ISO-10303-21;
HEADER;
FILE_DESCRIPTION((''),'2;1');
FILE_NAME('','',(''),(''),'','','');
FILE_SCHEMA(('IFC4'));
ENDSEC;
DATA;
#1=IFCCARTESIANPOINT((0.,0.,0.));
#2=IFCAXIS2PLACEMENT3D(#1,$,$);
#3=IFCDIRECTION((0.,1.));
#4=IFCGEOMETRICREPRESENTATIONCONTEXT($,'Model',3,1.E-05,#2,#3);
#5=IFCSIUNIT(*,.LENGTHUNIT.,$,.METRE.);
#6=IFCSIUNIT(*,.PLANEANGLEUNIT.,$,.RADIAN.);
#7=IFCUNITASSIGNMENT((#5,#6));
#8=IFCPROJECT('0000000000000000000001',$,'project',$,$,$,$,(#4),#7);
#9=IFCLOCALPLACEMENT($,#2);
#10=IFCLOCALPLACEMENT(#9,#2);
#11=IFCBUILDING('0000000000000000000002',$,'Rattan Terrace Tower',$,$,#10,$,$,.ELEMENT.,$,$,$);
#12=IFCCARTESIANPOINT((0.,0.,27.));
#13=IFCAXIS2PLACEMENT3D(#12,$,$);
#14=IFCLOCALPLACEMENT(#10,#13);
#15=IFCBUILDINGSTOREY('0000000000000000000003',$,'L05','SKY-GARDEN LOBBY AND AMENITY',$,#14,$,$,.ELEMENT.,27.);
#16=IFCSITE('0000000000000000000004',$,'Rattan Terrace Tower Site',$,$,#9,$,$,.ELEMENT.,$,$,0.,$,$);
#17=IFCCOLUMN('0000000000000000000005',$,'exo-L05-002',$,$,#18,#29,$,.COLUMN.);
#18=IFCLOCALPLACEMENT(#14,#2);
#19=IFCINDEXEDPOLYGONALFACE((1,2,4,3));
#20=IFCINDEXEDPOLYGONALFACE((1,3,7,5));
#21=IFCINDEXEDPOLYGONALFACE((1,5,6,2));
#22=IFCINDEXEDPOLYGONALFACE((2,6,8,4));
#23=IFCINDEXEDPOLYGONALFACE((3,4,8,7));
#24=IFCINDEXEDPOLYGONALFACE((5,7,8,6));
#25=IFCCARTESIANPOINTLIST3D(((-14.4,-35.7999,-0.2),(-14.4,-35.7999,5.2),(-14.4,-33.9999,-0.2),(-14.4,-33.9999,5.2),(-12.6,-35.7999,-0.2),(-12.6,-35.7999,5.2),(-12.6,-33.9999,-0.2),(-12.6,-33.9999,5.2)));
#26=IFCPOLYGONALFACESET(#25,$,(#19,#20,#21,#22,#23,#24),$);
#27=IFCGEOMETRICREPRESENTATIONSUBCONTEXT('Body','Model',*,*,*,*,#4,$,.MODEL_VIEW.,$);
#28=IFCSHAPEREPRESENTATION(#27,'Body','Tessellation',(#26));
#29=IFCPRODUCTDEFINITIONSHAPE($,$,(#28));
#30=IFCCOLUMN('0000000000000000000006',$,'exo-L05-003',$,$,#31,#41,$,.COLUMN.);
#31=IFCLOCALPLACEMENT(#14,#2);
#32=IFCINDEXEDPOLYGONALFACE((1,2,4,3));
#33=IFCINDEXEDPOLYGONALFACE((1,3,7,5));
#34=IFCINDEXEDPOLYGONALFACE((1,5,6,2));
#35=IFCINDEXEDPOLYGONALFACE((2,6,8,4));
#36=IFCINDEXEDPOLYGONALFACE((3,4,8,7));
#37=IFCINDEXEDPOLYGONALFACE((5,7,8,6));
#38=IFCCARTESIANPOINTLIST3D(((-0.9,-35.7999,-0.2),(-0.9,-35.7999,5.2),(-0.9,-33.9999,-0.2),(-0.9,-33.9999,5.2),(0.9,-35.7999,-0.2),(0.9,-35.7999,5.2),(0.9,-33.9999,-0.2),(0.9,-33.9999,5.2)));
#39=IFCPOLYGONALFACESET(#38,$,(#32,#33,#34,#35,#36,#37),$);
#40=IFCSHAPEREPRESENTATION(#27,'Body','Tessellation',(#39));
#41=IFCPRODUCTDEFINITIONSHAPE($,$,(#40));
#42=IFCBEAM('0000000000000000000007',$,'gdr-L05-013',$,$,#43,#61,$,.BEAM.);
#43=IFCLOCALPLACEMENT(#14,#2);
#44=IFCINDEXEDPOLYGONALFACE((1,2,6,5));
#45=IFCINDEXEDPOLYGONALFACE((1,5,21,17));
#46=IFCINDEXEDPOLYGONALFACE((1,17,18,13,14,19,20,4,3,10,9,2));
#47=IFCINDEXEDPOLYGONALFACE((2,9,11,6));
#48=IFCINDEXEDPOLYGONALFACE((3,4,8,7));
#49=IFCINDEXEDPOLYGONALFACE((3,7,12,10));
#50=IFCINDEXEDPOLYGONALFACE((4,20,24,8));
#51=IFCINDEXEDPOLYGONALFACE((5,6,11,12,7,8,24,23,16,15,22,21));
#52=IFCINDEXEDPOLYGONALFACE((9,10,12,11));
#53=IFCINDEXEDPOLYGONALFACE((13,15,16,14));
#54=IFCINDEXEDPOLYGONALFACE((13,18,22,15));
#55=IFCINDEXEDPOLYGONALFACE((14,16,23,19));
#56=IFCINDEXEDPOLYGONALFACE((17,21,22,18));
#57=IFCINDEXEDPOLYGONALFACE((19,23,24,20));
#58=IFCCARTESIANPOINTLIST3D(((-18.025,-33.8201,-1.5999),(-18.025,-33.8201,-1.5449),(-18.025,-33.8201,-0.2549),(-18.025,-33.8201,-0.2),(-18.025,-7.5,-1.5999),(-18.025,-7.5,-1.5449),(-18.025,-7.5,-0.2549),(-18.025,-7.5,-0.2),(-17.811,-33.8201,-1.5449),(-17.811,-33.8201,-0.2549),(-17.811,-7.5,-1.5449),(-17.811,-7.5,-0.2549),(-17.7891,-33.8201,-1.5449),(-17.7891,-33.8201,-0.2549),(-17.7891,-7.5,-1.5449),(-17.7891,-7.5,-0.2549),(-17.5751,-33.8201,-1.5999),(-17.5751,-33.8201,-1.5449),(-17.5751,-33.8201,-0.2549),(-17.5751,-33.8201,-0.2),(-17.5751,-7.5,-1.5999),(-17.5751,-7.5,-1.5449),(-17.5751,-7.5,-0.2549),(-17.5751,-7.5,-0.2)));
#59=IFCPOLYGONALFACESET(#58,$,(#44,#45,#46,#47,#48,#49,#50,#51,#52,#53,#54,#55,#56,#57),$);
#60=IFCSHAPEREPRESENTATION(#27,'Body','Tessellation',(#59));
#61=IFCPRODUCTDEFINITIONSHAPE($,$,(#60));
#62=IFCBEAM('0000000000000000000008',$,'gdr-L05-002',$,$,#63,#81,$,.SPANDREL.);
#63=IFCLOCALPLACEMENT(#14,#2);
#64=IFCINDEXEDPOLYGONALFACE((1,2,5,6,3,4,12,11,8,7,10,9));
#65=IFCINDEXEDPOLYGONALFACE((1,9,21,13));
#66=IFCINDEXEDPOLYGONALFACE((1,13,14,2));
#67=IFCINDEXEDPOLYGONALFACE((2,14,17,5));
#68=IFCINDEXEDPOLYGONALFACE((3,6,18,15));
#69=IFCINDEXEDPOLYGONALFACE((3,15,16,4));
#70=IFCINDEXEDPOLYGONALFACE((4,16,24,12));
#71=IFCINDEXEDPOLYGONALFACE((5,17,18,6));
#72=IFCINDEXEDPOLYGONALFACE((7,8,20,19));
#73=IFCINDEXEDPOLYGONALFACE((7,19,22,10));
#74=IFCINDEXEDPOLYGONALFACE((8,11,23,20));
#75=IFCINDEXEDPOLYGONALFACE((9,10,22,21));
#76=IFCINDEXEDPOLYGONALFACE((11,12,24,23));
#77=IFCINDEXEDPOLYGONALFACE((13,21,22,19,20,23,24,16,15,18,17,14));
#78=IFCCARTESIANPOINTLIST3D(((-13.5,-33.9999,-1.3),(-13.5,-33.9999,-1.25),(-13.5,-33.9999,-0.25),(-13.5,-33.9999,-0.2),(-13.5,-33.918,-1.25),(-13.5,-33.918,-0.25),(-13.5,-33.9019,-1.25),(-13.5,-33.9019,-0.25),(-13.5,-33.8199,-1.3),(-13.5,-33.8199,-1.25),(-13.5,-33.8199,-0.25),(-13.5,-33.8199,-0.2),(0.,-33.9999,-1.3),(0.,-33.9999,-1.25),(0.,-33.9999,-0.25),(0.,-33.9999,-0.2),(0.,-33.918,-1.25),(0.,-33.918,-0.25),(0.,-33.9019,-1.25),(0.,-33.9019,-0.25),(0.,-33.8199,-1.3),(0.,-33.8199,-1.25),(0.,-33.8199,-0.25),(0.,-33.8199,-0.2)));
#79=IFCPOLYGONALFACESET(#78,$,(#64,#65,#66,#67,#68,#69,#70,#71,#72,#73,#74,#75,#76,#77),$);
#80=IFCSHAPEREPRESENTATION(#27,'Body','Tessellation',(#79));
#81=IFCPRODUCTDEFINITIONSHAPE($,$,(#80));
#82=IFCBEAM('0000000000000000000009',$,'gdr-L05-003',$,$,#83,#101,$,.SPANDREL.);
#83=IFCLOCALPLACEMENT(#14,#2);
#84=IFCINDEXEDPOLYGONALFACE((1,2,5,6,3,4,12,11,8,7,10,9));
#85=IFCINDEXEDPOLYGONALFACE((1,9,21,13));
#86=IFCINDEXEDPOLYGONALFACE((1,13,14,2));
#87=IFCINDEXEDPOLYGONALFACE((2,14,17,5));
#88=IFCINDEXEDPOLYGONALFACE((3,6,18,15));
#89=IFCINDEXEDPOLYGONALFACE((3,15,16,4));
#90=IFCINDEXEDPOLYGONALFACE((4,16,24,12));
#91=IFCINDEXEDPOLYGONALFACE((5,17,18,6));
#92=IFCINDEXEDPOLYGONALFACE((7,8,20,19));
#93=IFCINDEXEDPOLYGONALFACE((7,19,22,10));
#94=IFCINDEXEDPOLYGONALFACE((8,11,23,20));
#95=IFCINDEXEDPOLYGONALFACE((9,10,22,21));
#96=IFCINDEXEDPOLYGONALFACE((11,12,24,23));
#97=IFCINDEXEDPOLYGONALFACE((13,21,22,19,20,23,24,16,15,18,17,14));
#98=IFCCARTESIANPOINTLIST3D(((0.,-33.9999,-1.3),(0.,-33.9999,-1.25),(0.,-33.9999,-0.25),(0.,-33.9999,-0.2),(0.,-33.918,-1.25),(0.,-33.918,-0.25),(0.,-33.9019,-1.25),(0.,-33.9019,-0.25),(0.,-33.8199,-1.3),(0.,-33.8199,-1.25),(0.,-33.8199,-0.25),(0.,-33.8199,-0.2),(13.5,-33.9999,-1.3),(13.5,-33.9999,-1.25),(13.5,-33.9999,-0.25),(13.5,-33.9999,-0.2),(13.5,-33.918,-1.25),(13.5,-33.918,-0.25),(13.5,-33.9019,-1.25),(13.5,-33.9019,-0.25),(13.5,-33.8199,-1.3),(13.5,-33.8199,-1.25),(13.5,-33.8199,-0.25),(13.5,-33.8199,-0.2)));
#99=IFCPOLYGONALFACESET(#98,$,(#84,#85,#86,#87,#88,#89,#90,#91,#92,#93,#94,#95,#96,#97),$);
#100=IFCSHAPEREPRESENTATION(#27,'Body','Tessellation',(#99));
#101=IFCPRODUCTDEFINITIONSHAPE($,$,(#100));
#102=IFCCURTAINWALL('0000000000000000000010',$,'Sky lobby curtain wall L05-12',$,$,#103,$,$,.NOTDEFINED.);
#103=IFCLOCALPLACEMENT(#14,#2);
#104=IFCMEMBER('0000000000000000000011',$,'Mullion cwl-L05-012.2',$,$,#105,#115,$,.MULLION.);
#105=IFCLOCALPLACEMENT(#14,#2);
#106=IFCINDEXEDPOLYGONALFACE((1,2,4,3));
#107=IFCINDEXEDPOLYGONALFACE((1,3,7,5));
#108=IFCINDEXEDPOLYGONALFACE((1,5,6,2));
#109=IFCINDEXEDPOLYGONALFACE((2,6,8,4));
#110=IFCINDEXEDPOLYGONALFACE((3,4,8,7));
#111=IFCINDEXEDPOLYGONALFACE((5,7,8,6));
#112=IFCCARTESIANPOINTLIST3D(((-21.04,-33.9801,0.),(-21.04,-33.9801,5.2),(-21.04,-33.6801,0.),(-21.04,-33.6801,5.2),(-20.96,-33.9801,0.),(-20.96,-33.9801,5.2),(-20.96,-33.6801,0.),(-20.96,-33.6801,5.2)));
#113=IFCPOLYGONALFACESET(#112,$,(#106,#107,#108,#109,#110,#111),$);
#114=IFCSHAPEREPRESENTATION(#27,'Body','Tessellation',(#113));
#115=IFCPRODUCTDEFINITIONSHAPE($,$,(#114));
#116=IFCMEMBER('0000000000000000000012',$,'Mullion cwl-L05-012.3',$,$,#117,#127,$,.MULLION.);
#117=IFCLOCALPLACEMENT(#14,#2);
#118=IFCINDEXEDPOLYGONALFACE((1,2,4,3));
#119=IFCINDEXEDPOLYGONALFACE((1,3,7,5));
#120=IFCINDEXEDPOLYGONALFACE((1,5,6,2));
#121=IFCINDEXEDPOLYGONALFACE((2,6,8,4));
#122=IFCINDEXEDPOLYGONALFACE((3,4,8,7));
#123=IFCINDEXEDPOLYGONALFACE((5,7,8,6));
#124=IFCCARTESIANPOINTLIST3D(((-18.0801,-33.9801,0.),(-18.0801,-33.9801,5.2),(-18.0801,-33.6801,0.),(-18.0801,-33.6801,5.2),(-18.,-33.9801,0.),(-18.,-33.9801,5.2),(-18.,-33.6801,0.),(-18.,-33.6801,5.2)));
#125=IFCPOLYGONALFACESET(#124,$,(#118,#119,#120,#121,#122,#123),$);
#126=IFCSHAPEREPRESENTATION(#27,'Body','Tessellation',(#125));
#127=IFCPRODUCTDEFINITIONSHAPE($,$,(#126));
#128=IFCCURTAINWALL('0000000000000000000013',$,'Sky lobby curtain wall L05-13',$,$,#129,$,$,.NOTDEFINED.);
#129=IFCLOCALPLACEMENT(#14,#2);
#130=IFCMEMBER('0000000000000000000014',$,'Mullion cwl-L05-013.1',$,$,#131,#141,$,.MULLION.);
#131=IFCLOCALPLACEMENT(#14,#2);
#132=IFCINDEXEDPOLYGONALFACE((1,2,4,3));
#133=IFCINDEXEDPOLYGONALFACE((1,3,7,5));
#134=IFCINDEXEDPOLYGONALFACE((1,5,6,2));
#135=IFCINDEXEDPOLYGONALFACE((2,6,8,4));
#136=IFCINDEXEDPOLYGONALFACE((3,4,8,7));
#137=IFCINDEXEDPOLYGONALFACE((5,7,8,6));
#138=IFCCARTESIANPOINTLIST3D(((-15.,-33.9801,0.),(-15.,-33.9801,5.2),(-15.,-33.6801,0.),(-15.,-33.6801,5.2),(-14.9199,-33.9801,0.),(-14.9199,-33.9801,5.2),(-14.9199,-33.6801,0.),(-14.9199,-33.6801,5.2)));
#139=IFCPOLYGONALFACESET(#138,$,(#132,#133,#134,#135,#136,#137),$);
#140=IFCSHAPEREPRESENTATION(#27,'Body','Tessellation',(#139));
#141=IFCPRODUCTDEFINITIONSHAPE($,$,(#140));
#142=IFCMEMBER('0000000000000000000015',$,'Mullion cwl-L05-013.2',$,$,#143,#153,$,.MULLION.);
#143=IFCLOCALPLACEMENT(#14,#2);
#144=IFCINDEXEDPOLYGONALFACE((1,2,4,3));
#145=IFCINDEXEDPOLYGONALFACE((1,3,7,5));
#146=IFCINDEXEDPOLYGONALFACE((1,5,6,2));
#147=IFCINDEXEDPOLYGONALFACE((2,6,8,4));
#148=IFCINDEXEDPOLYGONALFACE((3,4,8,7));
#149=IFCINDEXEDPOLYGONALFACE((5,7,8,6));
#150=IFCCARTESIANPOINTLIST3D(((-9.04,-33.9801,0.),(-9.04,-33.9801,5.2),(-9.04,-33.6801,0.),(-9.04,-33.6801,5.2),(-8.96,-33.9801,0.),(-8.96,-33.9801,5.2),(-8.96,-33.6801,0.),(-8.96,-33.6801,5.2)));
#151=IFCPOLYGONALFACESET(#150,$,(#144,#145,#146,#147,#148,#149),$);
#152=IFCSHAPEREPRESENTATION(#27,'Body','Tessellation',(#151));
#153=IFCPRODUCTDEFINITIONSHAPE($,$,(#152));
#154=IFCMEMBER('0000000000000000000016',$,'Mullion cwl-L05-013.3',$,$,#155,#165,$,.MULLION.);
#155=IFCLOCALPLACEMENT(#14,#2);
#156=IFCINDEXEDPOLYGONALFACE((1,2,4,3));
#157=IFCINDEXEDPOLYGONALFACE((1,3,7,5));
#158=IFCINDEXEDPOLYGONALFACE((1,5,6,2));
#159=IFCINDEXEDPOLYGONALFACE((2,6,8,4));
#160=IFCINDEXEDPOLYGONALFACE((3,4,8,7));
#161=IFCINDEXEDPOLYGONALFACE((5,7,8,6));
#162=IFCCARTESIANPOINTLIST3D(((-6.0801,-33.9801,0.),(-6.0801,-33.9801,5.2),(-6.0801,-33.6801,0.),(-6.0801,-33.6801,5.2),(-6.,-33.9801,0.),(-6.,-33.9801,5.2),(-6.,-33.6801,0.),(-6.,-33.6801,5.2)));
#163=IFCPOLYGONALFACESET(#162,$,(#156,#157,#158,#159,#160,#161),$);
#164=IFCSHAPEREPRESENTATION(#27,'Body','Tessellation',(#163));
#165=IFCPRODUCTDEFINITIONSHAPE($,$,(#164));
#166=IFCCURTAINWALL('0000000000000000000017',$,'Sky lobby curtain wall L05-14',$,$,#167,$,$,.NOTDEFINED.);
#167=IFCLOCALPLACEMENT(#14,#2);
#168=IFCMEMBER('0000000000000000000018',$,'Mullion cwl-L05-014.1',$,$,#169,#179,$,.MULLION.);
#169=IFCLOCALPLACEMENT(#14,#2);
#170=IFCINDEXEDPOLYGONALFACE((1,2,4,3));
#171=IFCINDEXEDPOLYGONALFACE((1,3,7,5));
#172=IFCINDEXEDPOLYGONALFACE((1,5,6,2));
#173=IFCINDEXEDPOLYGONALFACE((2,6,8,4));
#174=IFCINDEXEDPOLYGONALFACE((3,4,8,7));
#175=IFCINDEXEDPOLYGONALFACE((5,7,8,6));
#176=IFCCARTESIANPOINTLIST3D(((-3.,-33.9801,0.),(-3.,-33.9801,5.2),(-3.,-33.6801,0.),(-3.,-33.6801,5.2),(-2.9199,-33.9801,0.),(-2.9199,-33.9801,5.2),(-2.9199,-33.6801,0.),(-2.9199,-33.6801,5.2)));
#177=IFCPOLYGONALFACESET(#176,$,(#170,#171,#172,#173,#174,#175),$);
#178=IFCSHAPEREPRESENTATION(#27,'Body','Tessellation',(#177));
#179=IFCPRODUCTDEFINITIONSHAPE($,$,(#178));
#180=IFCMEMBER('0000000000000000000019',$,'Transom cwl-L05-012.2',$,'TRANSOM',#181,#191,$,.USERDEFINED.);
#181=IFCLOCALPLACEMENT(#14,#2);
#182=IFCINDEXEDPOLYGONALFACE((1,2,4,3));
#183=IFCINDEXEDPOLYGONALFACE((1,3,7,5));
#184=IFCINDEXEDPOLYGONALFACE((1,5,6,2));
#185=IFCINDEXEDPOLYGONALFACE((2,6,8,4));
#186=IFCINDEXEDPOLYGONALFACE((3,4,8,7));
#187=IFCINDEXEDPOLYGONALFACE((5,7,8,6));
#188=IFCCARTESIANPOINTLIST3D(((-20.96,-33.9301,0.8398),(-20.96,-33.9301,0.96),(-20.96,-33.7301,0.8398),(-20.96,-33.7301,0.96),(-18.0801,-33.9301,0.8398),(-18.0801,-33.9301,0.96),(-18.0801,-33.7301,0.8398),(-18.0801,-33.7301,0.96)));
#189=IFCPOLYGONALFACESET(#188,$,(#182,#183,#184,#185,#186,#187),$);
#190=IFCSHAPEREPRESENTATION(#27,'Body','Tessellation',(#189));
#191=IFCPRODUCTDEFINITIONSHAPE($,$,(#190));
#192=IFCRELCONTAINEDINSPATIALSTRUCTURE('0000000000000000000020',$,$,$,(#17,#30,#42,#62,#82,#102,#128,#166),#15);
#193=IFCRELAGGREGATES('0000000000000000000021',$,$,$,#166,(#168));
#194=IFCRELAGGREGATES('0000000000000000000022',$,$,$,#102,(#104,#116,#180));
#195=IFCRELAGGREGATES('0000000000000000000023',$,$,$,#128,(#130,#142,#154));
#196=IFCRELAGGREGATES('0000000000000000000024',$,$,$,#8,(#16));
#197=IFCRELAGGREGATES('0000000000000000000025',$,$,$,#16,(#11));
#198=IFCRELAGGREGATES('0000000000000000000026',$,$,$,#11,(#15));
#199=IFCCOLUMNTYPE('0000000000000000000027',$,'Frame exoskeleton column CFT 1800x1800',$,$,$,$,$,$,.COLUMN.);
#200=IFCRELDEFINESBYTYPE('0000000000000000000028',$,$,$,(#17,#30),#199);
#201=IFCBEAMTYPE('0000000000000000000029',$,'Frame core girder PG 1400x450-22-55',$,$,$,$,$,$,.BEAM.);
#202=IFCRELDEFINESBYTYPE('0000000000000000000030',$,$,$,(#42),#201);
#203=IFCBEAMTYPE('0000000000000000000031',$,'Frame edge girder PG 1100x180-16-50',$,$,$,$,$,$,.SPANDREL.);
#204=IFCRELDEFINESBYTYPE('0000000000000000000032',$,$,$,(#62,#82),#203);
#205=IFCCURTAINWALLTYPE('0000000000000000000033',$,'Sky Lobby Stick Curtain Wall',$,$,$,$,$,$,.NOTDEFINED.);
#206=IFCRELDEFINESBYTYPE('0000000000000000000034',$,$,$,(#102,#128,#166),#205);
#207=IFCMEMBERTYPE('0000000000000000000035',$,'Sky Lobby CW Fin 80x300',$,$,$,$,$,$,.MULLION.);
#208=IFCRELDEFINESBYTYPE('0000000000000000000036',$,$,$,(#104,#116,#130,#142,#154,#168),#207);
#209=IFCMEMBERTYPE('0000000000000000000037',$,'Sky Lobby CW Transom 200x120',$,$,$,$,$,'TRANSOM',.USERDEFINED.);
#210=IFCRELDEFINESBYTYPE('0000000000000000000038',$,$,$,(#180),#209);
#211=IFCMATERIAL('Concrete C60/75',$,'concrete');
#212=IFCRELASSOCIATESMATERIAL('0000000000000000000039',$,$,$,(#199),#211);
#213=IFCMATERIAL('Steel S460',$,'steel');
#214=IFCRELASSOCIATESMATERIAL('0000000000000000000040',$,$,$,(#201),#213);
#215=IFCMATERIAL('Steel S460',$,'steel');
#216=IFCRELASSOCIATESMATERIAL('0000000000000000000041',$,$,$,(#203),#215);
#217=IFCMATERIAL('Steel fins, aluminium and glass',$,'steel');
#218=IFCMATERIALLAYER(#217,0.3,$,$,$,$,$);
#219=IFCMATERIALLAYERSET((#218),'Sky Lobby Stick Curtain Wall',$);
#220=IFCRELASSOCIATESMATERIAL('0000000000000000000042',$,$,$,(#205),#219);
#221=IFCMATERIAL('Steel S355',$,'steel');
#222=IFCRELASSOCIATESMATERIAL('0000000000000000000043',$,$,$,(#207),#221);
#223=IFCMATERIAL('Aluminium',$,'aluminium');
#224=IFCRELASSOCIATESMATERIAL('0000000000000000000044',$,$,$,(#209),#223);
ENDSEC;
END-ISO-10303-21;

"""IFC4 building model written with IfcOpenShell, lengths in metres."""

from ifc_helpers import new_model, si_unit, direction, frame, origin, origin_2d, place, context, subcontext, project, spatial, rectangle, i_section, extrude, material, layer, layer_set, material_profile, profile_set, type_object, element, aggregate, save


model = new_model("IFC4")

# Units and contexts
model_context = context("Model", 3, precision=1e-05, world=origin(), true_north=direction((0.0, 1.0)))
body_context = subcontext(model_context, "Body", "Model", "MODEL_VIEW")
ifc_project = project(units=[si_unit("LENGTHUNIT", "METRE"), si_unit("PLANEANGLEUNIT", "RADIAN")], contexts=[model_context])

# Site, building, storey
site_placement = place(None, origin())
site = spatial("IfcSite", under=ifc_project, at=site_placement, Name="Rattan Terrace Tower Site", CompositionType="ELEMENT", RefElevation=0.0)
building_placement = place(site_placement, origin())
building = spatial("IfcBuilding", under=site, at=building_placement, Name="Rattan Terrace Tower", CompositionType="ELEMENT")
storey_placement = place(building_placement, frame((0.0, 0.0, 27.0)))
storey = spatial("IfcBuildingStorey", under=building, at=storey_placement, Name="L05", Description="SKY-GARDEN LOBBY AND AMENITY", CompositionType="ELEMENT", Elevation=27.0)

# Columns
ifc_material_1 = material(Name="Concrete C60/75", Category="concrete")
ifc_material_profile_1 = material_profile(ifc_material_1, rectangle(XDim=1.8, YDim=1.8, at=origin_2d()), Name="CFT 1800x1800")
ifc_profile_set_1 = profile_set([ifc_material_profile_1], Name="Concrete C60/75")
column_type = type_object("IfcColumnType", Name="Frame exoskeleton column CFT 1800x1800", PredefinedType="COLUMN", material=ifc_profile_set_1)
for number, where, z_axis, x_axis, name in (
    (1, (-13.5, -34.8999, -0.2), (0.0, 0.0, 1.0), (1.0, 0.0, 0.0), "exo-L05-002"),
    (2, (0.0, -34.8999, -0.2), (0.0, 0.0, 1.0), (1.0, 0.0, 0.0), "exo-L05-003"),
):
    element("IfcColumn", number, at=place(storey_placement, frame(where, z_axis=z_axis, x_axis=x_axis)), inside=storey, type_object=column_type, Name=name, PredefinedType="COLUMN", context=body_context, shape_type="SweptSolid", body=[
        extrude(rectangle(XDim=1.8, YDim=1.8, at=origin_2d()), origin(), (0.0, 0.0, 1.0), 5.3999),
    ])

# Beams
ifc_material_2 = material(Name="Steel S460", Category="steel")
ifc_material_profile_2 = material_profile(ifc_material_2, i_section(OverallWidth=0.45, OverallDepth=1.3999, WebThickness=0.022, FlangeThickness=0.0549, at=origin_2d()), Name="PG 1400x450-22-55")
ifc_profile_set_2 = profile_set([ifc_material_profile_2], Name="Steel S460")
beam_type_1 = type_object("IfcBeamType", Name="Frame core girder PG 1400x450-22-55", PredefinedType="BEAM", material=ifc_profile_set_2)
beam_placement = place(storey_placement, frame((-17.8, -33.8201, -0.8999), z_axis=(0.0, 1.0, 0.0), x_axis=(-1.0, 0.0, 0.0)))
element("IfcBeam", 3, at=beam_placement, inside=storey, type_object=beam_type_1, Name="gdr-L05-013", PredefinedType="BEAM", context=body_context, shape_type="SweptSolid", body=[
    extrude(i_section(OverallWidth=0.45, OverallDepth=1.3999, WebThickness=0.022, FlangeThickness=0.0549, at=origin_2d()), origin(), (0.0, 0.0, 1.0), 26.3201),
])
ifc_material_3 = material(Name="Steel S460", Category="steel")
ifc_material_profile_3 = material_profile(ifc_material_3, i_section(OverallWidth=0.1799, OverallDepth=1.1001, WebThickness=0.0161, FlangeThickness=0.05, at=origin_2d()), Name="PG 1100x180-16-50")
ifc_profile_set_3 = profile_set([ifc_material_profile_3], Name="Steel S460")
beam_type_2 = type_object("IfcBeamType", Name="Frame edge girder PG 1100x180-16-50", PredefinedType="SPANDREL", material=ifc_profile_set_3)
for number, where, z_axis, x_axis, name in (
    (4, (-13.5, -33.9099, -0.75), (1.0, 0.0, 0.0), (0.0, 1.0, 0.0), "gdr-L05-002"),
    (5, (0.0, -33.9099, -0.75), (1.0, 0.0, 0.0), (0.0, 1.0, 0.0), "gdr-L05-003"),
):
    element("IfcBeam", number, at=place(storey_placement, frame(where, z_axis=z_axis, x_axis=x_axis)), inside=storey, type_object=beam_type_2, Name=name, PredefinedType="SPANDREL", context=body_context, shape_type="SweptSolid", body=[
        extrude(i_section(OverallWidth=0.1799, OverallDepth=1.1001, WebThickness=0.0161, FlangeThickness=0.05, at=origin_2d()), origin(), (0.0, 0.0, 1.0), 13.5),
    ])

# Curtain walls, members
ifc_material_4 = material(Name="Steel fins, aluminium and glass", Category="steel")
ifc_layer_1 = layer(ifc_material_4, 0.3)
ifc_layer_set_1 = layer_set([ifc_layer_1], Name="Sky Lobby Stick Curtain Wall")
curtain_wall_type = type_object("IfcCurtainWallType", Name="Sky Lobby Stick Curtain Wall", PredefinedType="NOTDEFINED", material=ifc_layer_set_1)
curtain_wall_1_placement = place(storey_placement, origin())
curtain_wall_1 = element("IfcCurtainWall", 6, at=curtain_wall_1_placement, inside=storey, type_object=curtain_wall_type, Name="Sky lobby curtain wall L05-12", PredefinedType="NOTDEFINED")
ifc_material_5 = material(Name="Steel S355", Category="steel")
ifc_material_profile_4 = material_profile(ifc_material_5, rectangle(XDim=0.0801, YDim=0.3, at=origin_2d()), Name="Steel S355 80x300")
ifc_profile_set_4 = profile_set([ifc_material_profile_4], Name="Steel S355")
member_type_1 = type_object("IfcMemberType", Name="Sky Lobby CW Fin 80x300", PredefinedType="MULLION", material=ifc_profile_set_4)
member_1_placement = place(storey_placement, frame((-21.0, -33.8301, 0.0), z_axis=(0.0, 0.0, 1.0), x_axis=(1.0, 0.0, 0.0)))
member_1 = element("IfcMember", 7, at=member_1_placement, type_object=member_type_1, Name="Mullion cwl-L05-012.2", PredefinedType="MULLION", context=body_context, shape_type="SweptSolid", body=[
    extrude(rectangle(XDim=0.0801, YDim=0.3, at=origin_2d()), origin(), (0.0, 0.0, 1.0), 5.2),
])
member_2_placement = place(storey_placement, frame((-18.04, -33.8301, 0.0), z_axis=(0.0, 0.0, 1.0), x_axis=(1.0, 0.0, 0.0)))
member_2 = element("IfcMember", 8, at=member_2_placement, type_object=member_type_1, Name="Mullion cwl-L05-012.3", PredefinedType="MULLION", context=body_context, shape_type="SweptSolid", body=[
    extrude(rectangle(XDim=0.0801, YDim=0.3, at=origin_2d()), origin(), (0.0, 0.0, 1.0), 5.2),
])
curtain_wall_2_placement = place(storey_placement, origin())
curtain_wall_2 = element("IfcCurtainWall", 9, at=curtain_wall_2_placement, inside=storey, type_object=curtain_wall_type, Name="Sky lobby curtain wall L05-13", PredefinedType="NOTDEFINED")
member_3_placement = place(storey_placement, frame((-14.96, -33.8301, 0.0), z_axis=(0.0, 0.0, 1.0), x_axis=(1.0, 0.0, 0.0)))
member_3 = element("IfcMember", 10, at=member_3_placement, type_object=member_type_1, Name="Mullion cwl-L05-013.1", PredefinedType="MULLION", context=body_context, shape_type="SweptSolid", body=[
    extrude(rectangle(XDim=0.0801, YDim=0.3, at=origin_2d()), origin(), (0.0, 0.0, 1.0), 5.2),
])
member_4_placement = place(storey_placement, frame((-9.0, -33.8301, 0.0), z_axis=(0.0, 0.0, 1.0), x_axis=(1.0, 0.0, 0.0)))
member_4 = element("IfcMember", 11, at=member_4_placement, type_object=member_type_1, Name="Mullion cwl-L05-013.2", PredefinedType="MULLION", context=body_context, shape_type="SweptSolid", body=[
    extrude(rectangle(XDim=0.0801, YDim=0.3, at=origin_2d()), origin(), (0.0, 0.0, 1.0), 5.2),
])
member_5_placement = place(storey_placement, frame((-6.04, -33.8301, 0.0), z_axis=(0.0, 0.0, 1.0), x_axis=(1.0, 0.0, 0.0)))
member_5 = element("IfcMember", 12, at=member_5_placement, type_object=member_type_1, Name="Mullion cwl-L05-013.3", PredefinedType="MULLION", context=body_context, shape_type="SweptSolid", body=[
    extrude(rectangle(XDim=0.0801, YDim=0.3, at=origin_2d()), origin(), (0.0, 0.0, 1.0), 5.2),
])

# Curtain wall, member
curtain_wall_3_placement = place(storey_placement, origin())
curtain_wall_3 = element("IfcCurtainWall", 13, at=curtain_wall_3_placement, inside=storey, type_object=curtain_wall_type, Name="Sky lobby curtain wall L05-14", PredefinedType="NOTDEFINED")
member_6_placement = place(storey_placement, frame((-2.96, -33.8301, 0.0), z_axis=(0.0, 0.0, 1.0), x_axis=(1.0, 0.0, 0.0)))
member_6 = element("IfcMember", 14, at=member_6_placement, type_object=member_type_1, Name="Mullion cwl-L05-014.1", PredefinedType="MULLION", context=body_context, shape_type="SweptSolid", body=[
    extrude(rectangle(XDim=0.0801, YDim=0.3, at=origin_2d()), origin(), (0.0, 0.0, 1.0), 5.2),
])

# Member
ifc_material_6 = material(Name="Aluminium", Category="aluminium")
ifc_material_profile_5 = material_profile(ifc_material_6, rectangle(XDim=0.2, YDim=0.1201, at=origin_2d()), Name="Aluminium 200x120")
ifc_profile_set_5 = profile_set([ifc_material_profile_5], Name="Aluminium")
member_type_2 = type_object("IfcMemberType", Name="Sky Lobby CW Transom 200x120", ElementType="TRANSOM", PredefinedType="USERDEFINED", material=ifc_profile_set_5)
member_7_placement = place(storey_placement, frame((-20.96, -33.8301, 0.8999), z_axis=(1.0, 0.0, 0.0), x_axis=(0.0, 1.0, 0.0)))
member_7 = element("IfcMember", 15, at=member_7_placement, type_object=member_type_2, Name="Transom cwl-L05-012.2", ObjectType="TRANSOM", PredefinedType="USERDEFINED", context=body_context, shape_type="SweptSolid", body=[
    extrude(rectangle(XDim=0.2, YDim=0.1201, at=origin_2d()), origin(), (0.0, 0.0, 1.0), 2.8799),
])
aggregate(curtain_wall_3, [member_6])

aggregate(curtain_wall_1, [member_1, member_2, member_7])
aggregate(curtain_wall_2, [member_3, member_4, member_5])

save(model, "model.ifc")
